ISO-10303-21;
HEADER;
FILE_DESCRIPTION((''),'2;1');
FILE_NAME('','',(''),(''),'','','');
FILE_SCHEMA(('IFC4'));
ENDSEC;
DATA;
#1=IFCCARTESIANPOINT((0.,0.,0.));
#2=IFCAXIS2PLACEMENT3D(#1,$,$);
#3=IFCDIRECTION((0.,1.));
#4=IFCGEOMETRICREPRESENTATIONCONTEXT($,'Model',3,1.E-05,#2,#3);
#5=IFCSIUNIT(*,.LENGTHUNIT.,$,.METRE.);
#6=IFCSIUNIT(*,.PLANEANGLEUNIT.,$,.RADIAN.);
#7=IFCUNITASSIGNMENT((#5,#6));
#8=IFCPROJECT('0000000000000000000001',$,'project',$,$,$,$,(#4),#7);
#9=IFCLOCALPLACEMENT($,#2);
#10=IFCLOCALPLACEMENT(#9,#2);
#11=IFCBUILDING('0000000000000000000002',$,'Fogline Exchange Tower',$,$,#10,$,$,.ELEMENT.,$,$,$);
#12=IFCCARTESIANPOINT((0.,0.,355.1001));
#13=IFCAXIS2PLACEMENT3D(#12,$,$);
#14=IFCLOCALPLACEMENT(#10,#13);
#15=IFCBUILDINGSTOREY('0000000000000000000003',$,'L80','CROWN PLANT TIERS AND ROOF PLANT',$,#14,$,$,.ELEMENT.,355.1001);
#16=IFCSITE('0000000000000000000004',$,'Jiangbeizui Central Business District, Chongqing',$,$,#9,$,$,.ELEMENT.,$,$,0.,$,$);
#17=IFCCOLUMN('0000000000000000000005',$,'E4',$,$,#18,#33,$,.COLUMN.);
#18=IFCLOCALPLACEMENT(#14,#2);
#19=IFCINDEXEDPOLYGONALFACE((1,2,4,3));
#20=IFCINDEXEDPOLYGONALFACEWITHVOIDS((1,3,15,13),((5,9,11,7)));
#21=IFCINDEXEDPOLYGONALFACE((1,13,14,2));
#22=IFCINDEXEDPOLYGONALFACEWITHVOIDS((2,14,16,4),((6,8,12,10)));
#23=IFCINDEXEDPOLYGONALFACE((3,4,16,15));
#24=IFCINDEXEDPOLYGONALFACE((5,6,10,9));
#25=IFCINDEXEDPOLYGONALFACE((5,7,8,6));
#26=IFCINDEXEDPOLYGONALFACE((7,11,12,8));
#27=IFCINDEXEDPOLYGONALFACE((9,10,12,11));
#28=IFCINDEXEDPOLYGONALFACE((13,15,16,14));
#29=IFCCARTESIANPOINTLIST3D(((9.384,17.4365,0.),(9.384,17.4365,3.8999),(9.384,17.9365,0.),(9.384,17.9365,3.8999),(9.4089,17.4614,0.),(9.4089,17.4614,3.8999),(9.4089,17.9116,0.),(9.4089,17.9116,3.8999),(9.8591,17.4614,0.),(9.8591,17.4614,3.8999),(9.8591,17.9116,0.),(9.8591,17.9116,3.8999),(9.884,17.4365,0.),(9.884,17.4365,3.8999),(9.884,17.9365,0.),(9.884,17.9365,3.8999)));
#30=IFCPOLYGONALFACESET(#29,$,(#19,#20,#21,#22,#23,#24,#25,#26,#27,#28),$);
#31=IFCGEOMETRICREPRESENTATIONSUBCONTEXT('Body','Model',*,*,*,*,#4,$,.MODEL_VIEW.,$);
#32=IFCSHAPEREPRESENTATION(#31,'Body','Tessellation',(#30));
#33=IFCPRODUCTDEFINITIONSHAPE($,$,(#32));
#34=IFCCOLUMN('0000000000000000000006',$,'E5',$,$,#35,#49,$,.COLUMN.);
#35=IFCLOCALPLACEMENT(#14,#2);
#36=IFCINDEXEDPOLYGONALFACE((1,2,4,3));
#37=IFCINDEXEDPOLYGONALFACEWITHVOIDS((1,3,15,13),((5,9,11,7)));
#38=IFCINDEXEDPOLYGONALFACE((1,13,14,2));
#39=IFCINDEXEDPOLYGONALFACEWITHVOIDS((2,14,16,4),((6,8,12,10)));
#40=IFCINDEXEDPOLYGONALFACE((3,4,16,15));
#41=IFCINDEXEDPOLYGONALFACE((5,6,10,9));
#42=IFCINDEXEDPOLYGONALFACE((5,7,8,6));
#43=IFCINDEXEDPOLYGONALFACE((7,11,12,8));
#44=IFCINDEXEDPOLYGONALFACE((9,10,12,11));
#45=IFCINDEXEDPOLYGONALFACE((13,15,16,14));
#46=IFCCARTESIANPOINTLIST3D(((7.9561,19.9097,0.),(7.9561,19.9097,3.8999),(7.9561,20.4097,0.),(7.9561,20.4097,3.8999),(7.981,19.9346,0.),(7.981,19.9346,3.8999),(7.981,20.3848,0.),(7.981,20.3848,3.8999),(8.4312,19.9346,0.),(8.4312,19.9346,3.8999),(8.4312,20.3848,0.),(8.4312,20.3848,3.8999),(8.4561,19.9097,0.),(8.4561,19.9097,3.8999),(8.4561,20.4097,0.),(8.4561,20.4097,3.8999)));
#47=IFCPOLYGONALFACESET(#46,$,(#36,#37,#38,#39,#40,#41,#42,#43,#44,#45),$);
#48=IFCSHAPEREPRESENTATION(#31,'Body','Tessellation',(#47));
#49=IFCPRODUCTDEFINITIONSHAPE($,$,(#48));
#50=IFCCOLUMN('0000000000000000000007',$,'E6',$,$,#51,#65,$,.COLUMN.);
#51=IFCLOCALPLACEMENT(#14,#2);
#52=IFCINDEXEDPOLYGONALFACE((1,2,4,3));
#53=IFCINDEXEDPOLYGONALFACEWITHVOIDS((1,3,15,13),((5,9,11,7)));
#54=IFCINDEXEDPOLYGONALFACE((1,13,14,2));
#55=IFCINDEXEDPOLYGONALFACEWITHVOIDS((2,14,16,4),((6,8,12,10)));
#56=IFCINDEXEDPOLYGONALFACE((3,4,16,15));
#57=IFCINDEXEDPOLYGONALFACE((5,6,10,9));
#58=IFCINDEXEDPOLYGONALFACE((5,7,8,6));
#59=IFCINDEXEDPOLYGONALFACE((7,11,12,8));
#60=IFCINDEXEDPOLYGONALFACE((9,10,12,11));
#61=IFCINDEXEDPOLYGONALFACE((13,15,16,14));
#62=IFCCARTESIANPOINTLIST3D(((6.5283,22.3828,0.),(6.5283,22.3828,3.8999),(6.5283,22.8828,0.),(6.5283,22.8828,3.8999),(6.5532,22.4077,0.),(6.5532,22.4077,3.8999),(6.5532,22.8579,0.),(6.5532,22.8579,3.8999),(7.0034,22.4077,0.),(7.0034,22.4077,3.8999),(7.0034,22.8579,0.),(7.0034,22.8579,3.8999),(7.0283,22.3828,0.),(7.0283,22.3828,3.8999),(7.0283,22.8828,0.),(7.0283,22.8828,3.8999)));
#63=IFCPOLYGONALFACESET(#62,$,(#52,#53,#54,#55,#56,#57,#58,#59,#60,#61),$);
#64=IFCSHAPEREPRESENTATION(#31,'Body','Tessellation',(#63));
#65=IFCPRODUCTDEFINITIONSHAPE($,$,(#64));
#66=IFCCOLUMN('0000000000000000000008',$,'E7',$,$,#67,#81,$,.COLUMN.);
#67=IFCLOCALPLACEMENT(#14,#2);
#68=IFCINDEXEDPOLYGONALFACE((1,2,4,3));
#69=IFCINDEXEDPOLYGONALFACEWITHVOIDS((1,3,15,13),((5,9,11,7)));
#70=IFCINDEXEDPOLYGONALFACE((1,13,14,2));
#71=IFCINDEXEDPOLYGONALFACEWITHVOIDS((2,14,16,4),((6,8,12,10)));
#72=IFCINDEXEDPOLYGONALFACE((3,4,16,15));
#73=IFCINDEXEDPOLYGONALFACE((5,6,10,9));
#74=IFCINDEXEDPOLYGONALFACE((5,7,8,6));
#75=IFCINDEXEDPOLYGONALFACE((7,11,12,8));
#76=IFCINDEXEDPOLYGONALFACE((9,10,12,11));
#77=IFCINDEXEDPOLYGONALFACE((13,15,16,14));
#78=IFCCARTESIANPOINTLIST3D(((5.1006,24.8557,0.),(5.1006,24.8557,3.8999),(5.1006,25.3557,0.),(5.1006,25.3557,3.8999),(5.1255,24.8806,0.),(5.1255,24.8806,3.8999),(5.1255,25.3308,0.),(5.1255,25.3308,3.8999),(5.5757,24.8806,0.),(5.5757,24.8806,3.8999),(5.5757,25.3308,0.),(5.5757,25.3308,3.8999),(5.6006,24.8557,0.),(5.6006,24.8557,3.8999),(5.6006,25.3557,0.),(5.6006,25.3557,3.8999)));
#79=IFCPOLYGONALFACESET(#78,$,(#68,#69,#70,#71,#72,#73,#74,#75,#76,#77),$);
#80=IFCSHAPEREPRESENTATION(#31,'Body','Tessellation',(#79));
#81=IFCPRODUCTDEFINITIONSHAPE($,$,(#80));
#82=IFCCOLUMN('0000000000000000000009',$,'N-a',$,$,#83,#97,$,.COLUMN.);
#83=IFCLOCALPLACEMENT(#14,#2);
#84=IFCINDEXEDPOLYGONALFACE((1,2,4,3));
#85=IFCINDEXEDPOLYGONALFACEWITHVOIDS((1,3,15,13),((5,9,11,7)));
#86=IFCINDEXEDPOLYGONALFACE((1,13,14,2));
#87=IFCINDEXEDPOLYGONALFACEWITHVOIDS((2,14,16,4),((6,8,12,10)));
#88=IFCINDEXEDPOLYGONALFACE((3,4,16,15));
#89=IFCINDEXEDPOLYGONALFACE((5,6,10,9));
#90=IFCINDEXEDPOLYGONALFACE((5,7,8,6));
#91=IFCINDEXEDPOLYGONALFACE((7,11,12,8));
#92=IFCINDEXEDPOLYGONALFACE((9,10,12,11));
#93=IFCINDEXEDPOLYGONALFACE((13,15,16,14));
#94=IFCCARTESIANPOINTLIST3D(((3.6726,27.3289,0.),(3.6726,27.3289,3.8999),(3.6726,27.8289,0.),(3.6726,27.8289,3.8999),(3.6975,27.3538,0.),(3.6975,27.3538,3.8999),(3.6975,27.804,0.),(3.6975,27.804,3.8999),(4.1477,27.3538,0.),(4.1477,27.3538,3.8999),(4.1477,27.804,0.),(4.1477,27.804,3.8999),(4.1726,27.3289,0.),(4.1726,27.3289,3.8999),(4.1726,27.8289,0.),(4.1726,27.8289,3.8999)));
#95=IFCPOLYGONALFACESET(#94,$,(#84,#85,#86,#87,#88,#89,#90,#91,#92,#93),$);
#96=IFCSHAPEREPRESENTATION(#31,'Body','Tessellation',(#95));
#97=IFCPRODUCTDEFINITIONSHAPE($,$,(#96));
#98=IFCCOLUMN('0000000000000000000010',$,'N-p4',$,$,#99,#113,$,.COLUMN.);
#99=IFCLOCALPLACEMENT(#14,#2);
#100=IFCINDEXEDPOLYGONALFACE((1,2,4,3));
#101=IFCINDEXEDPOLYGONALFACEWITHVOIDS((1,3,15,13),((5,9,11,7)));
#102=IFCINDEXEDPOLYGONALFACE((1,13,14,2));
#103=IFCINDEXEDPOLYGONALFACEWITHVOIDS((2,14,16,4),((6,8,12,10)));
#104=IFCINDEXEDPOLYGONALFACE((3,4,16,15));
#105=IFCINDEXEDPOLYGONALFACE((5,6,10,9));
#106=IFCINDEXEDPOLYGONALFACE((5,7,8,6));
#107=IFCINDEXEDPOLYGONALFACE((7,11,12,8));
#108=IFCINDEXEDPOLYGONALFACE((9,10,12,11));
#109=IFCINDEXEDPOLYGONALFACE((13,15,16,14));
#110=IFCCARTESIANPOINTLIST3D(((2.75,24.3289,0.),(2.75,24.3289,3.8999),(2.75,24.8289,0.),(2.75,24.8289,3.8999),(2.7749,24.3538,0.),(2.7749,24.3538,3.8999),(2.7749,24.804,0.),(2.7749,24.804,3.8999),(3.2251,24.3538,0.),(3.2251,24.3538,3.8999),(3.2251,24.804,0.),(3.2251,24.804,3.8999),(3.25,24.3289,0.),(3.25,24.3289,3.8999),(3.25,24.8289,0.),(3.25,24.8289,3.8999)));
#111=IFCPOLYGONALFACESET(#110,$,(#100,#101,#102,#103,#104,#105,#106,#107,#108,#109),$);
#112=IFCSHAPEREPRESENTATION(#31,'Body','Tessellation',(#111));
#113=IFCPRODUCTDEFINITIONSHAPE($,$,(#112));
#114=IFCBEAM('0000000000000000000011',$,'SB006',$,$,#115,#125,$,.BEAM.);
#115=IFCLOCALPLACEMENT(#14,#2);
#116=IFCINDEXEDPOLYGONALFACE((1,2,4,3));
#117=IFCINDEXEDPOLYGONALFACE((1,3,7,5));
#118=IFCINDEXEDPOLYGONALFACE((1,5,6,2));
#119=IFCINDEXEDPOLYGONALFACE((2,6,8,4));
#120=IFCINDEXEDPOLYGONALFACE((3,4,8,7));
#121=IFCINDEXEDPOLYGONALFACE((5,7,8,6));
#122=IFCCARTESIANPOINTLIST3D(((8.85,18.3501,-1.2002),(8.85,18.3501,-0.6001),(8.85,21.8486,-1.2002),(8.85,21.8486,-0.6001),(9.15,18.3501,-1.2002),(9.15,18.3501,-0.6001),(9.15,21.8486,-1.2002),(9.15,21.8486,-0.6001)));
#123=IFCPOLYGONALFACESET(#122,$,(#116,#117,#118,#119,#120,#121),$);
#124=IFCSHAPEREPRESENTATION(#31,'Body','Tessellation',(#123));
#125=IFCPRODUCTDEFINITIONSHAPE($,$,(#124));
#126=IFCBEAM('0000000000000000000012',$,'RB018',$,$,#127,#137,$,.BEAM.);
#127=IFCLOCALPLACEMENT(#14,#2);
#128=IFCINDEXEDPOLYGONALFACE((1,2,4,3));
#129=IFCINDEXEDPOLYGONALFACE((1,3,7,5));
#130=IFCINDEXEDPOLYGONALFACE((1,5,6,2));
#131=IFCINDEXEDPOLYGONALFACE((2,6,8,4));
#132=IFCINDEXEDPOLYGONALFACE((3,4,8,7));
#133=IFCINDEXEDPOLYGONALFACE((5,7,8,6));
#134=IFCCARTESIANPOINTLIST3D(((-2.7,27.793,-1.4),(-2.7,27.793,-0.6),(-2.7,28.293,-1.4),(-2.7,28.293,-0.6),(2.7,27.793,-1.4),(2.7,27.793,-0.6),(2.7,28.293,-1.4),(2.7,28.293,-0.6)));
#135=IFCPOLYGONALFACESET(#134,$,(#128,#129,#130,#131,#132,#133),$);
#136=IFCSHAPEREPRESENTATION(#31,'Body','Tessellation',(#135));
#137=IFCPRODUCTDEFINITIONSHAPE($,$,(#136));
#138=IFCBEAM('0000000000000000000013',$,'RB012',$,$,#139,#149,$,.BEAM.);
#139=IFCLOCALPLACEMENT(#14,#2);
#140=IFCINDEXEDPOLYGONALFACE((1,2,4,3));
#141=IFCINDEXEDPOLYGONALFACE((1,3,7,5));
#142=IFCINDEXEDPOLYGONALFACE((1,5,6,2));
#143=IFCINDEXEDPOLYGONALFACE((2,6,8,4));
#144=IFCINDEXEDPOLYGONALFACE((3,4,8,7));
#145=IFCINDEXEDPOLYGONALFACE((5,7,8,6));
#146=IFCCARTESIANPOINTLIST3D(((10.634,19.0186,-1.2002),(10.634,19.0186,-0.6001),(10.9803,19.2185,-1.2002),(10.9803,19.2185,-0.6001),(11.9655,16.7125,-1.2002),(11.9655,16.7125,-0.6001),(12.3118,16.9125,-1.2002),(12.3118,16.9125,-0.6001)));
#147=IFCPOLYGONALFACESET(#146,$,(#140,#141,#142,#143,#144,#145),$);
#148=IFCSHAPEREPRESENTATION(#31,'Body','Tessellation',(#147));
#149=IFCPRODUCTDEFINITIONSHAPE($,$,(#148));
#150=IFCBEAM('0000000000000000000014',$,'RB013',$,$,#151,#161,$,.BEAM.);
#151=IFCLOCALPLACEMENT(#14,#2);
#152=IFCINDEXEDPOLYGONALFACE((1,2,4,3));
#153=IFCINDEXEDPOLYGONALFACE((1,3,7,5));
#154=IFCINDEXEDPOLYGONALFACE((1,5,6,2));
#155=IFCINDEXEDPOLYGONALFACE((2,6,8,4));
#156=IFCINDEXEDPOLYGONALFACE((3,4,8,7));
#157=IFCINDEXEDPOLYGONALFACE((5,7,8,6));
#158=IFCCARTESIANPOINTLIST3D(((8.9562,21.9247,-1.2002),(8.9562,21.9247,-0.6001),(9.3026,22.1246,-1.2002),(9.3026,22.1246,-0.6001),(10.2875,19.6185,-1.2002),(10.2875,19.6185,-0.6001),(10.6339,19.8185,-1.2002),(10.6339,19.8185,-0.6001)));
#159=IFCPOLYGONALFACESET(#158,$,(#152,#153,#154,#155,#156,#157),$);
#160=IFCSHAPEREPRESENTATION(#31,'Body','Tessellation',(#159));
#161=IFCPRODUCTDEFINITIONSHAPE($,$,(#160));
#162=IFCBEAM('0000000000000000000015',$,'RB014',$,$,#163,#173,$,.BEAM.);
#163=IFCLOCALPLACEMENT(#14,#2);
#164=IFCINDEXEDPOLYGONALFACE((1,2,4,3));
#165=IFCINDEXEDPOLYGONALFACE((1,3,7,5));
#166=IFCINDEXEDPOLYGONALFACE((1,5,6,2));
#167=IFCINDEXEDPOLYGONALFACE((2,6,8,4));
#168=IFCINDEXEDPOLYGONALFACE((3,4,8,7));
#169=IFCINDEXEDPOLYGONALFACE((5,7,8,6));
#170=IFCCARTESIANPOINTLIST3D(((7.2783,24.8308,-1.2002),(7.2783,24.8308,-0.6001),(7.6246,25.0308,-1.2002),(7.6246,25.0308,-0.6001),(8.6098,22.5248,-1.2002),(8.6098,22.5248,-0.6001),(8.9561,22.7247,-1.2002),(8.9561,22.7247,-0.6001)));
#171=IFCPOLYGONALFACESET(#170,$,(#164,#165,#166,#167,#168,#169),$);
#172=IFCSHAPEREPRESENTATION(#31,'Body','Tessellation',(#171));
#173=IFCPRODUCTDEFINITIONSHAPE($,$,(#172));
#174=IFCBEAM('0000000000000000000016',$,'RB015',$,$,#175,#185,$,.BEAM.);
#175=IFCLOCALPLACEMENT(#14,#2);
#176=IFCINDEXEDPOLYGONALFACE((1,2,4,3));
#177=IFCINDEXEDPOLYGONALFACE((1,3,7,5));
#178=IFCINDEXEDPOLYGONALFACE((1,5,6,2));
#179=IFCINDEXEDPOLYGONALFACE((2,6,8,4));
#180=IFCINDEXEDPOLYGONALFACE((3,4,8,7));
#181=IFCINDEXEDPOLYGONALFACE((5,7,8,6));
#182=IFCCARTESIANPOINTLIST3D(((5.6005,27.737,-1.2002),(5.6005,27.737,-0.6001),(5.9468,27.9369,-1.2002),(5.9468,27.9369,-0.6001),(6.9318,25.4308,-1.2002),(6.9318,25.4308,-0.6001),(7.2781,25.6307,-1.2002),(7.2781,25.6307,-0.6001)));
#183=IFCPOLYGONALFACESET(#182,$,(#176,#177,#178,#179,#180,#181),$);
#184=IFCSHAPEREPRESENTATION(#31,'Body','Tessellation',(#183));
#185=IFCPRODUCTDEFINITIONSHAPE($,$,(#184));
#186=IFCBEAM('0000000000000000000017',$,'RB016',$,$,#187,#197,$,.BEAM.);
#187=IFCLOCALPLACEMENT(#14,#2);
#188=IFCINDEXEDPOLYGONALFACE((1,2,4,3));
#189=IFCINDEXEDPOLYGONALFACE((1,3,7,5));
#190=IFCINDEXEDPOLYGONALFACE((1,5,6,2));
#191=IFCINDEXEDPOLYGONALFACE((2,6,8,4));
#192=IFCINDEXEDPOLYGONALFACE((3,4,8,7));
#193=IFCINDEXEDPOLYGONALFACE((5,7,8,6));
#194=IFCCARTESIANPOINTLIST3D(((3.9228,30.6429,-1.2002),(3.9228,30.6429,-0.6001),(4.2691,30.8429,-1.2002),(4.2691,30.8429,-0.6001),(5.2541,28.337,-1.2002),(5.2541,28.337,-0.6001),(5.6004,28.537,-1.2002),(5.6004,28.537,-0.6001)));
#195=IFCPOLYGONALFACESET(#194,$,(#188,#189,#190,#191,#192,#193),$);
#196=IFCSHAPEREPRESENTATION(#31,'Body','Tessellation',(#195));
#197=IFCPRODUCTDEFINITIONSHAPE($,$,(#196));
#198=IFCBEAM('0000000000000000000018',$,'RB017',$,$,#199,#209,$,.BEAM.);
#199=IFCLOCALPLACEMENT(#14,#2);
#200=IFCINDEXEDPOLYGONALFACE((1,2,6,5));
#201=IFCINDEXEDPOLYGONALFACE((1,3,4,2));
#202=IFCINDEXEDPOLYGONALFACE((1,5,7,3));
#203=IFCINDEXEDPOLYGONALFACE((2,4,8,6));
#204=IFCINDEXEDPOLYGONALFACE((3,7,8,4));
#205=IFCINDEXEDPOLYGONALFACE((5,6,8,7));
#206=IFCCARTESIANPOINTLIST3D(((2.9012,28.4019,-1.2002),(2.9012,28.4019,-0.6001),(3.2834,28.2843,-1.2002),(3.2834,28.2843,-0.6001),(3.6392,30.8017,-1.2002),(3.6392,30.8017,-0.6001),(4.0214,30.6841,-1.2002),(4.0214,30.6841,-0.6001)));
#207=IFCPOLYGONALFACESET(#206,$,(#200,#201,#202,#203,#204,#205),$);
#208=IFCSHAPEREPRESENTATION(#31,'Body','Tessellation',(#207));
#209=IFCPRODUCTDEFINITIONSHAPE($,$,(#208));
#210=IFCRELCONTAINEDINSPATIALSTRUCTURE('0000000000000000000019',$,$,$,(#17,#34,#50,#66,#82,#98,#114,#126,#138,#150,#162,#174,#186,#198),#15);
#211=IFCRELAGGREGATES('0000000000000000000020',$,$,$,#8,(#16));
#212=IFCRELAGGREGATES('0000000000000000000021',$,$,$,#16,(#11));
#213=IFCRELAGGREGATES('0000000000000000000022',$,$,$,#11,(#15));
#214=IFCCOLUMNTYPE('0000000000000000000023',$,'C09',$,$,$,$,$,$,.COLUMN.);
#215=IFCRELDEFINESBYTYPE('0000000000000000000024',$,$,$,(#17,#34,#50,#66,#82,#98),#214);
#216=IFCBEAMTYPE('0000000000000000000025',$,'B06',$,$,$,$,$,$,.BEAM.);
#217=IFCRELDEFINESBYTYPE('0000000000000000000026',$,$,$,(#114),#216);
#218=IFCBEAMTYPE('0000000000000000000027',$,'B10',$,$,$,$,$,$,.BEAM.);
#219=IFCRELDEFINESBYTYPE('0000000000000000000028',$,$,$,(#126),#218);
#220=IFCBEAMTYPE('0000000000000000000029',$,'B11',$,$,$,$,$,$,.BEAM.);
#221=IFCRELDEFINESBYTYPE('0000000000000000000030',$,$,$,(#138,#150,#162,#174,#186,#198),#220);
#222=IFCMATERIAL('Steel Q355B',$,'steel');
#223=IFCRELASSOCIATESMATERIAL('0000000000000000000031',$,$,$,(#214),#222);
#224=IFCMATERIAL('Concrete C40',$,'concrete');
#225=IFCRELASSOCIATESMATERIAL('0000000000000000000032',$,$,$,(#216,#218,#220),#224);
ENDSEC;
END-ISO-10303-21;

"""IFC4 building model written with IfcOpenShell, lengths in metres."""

from ifc_helpers import new_model, si_unit, direction, frame, origin, origin_2d, place, context, subcontext, project, spatial, rectangle, hollow_rectangle, extrude, material, material_profile, profile_set, type_object, element, save


model = new_model("IFC4")

# Units and contexts
model_context = context("Model", 3, precision=1e-05, world=origin(), true_north=direction((0.0, 1.0)))
body_context = subcontext(model_context, "Body", "Model", "MODEL_VIEW")
ifc_project = project(units=[si_unit("LENGTHUNIT", "METRE"), si_unit("PLANEANGLEUNIT", "RADIAN")], contexts=[model_context])

# Site, building, storey
site_placement = place(None, origin())
site = spatial("IfcSite", under=ifc_project, at=site_placement, Name="Jiangbeizui Central Business District, Chongqing", CompositionType="ELEMENT", RefElevation=0.0)
building_placement = place(site_placement, origin())
building = spatial("IfcBuilding", under=site, at=building_placement, Name="Fogline Exchange Tower", CompositionType="ELEMENT")
storey_placement = place(building_placement, frame((0.0, 0.0, 355.1001)))
storey = spatial("IfcBuildingStorey", under=building, at=storey_placement, Name="L80", Description="CROWN PLANT TIERS AND ROOF PLANT", CompositionType="ELEMENT", Elevation=355.1001)

# Columns
ifc_material_1 = material(Name="Steel Q355B", Category="steel")
ifc_material_profile_1 = material_profile(ifc_material_1, hollow_rectangle(XDim=0.5, YDim=0.5, WallThickness=0.0249, at=origin_2d()), Name="BOX500X500X25")
ifc_profile_set_1 = profile_set([ifc_material_profile_1], Name="Steel Q355B")
column_type = type_object("IfcColumnType", Name="C09", PredefinedType="COLUMN", material=ifc_profile_set_1)
for number, where, z_axis, x_axis, name in (
    (1, (9.634, 17.6865, 0.0), (0.0, 0.0, 1.0), (1.0, 0.0, 0.0), "E4"),
    (2, (8.2061, 20.1597, 0.0), (0.0, 0.0, 1.0), (1.0, 0.0, 0.0), "E5"),
    (3, (6.7783, 22.6328, 0.0), (0.0, 0.0, 1.0), (1.0, 0.0, 0.0), "E6"),
    (4, (5.3506, 25.1057, 0.0), (0.0, 0.0, 1.0), (1.0, 0.0, 0.0), "E7"),
    (5, (3.9226, 27.5789, 0.0), (0.0, 0.0, 1.0), (1.0, 0.0, 0.0), "N-a"),
    (6, (3.0, 24.5789, 0.0), (0.0, 0.0, 1.0), (1.0, 0.0, 0.0), "N-p4"),
):
    element("IfcColumn", number, at=place(storey_placement, frame(where, z_axis=z_axis, x_axis=x_axis)), inside=storey, type_object=column_type, Name=name, PredefinedType="COLUMN", context=body_context, shape_type="SweptSolid", body=[
        extrude(hollow_rectangle(XDim=0.5, YDim=0.5, WallThickness=0.0249, at=origin_2d()), origin(), (0.0, 0.0, 1.0), 3.8999),
    ])

# Beams
ifc_material_2 = material(Name="Concrete C40", Category="concrete")
ifc_material_profile_2 = material_profile(ifc_material_2, rectangle(XDim=0.3, YDim=0.6001, at=origin_2d()), Name="RC 300x600")
ifc_profile_set_2 = profile_set([ifc_material_profile_2], Name="Concrete C40")
beam_type_1 = type_object("IfcBeamType", Name="B06", PredefinedType="BEAM", material=ifc_profile_set_2)
beam_1_placement = place(storey_placement, frame((9.0, 18.3501, -0.9001), z_axis=(0.0, 1.0, 0.0), x_axis=(-1.0, 0.0, 0.0)))
element("IfcBeam", 7, at=beam_1_placement, inside=storey, type_object=beam_type_1, Name="SB006", PredefinedType="BEAM", context=body_context, shape_type="SweptSolid", body=[
    extrude(rectangle(XDim=0.3, YDim=0.6001, at=origin_2d()), origin(), (0.0, 0.0, 1.0), 3.4985),
])
ifc_material_profile_3 = material_profile(ifc_material_2, rectangle(XDim=0.5, YDim=0.8, at=origin_2d()), Name="RC 500x800")
ifc_profile_set_3 = profile_set([ifc_material_profile_3], Name="Concrete C40")
beam_type_2 = type_object("IfcBeamType", Name="B10", PredefinedType="BEAM", material=ifc_profile_set_3)
beam_2_placement = place(storey_placement, frame((2.7, 28.043, -1.0), z_axis=(-1.0, 0.0, 0.0), x_axis=(0.0, -1.0, 0.0)))
element("IfcBeam", 8, at=beam_2_placement, inside=storey, type_object=beam_type_2, Name="RB018", PredefinedType="BEAM", context=body_context, shape_type="SweptSolid", body=[
    extrude(rectangle(XDim=0.5, YDim=0.8, at=origin_2d()), origin(), (0.0, 0.0, 1.0), 5.3999),
])
ifc_material_profile_4 = material_profile(ifc_material_2, rectangle(XDim=0.3999, YDim=0.6001, at=origin_2d()), Name="RC 400x600")
ifc_profile_set_4 = profile_set([ifc_material_profile_4], Name="Concrete C40")
beam_type_3 = type_object("IfcBeamType", Name="B11", PredefinedType="BEAM", material=ifc_profile_set_4)
for number, where, z_axis, x_axis, name in (
    (9, (12.1387, 16.8125, -0.9001), (-0.500024, 0.866012, 0.0), (-0.866012, -0.500024, 0.0), "RB012"),
    (10, (10.4607, 19.7185, -0.9001), (-0.499955, 0.866051, 0.0), (-0.866051, -0.499955, 0.0), "RB013"),
    (11, (8.783, 22.6248, -0.9001), (-0.500024, 0.866012, 0.0), (-0.866012, -0.500024, 0.0), "RB014"),
    (12, (7.105, 25.5308, -0.9001), (-0.499955, 0.866051, 0.0), (-0.866051, -0.499955, 0.0), "RB015"),
):
    element("IfcBeam", number, at=place(storey_placement, frame(where, z_axis=z_axis, x_axis=x_axis)), inside=storey, type_object=beam_type_3, Name=name, PredefinedType="BEAM", context=body_context, shape_type="SweptSolid", body=[
        extrude(rectangle(XDim=0.3999, YDim=0.6001, at=origin_2d()), origin(), (0.0, 0.0, 1.0), 2.6628),
    ])
beam_3_placement = place(storey_placement, frame((5.4272, 28.437, -0.9001), z_axis=(-0.499995, 0.866028, 0.0), x_axis=(-0.866028, -0.499995, 0.0)))
element("IfcBeam", 13, at=beam_3_placement, inside=storey, type_object=beam_type_3, Name="RB016", PredefinedType="BEAM", context=body_context, shape_type="SweptSolid", body=[
    extrude(rectangle(XDim=0.3999, YDim=0.6001, at=origin_2d()), origin(), (0.0, 0.0, 1.0), 2.6626),
])
beam_4_placement = place(storey_placement, frame((3.8303, 30.7429, -0.9001), z_axis=(-0.293942, -0.955823, 0.0), x_axis=(0.955823, -0.293942, 0.0)))
element("IfcBeam", 14, at=beam_4_placement, inside=storey, type_object=beam_type_3, Name="RB017", PredefinedType="BEAM", context=body_context, shape_type="SweptSolid", body=[
    extrude(rectangle(XDim=0.3999, YDim=0.6001, at=origin_2d()), origin(), (0.0, 0.0, 1.0), 2.5107),
])

save(model, "model.ifc")
